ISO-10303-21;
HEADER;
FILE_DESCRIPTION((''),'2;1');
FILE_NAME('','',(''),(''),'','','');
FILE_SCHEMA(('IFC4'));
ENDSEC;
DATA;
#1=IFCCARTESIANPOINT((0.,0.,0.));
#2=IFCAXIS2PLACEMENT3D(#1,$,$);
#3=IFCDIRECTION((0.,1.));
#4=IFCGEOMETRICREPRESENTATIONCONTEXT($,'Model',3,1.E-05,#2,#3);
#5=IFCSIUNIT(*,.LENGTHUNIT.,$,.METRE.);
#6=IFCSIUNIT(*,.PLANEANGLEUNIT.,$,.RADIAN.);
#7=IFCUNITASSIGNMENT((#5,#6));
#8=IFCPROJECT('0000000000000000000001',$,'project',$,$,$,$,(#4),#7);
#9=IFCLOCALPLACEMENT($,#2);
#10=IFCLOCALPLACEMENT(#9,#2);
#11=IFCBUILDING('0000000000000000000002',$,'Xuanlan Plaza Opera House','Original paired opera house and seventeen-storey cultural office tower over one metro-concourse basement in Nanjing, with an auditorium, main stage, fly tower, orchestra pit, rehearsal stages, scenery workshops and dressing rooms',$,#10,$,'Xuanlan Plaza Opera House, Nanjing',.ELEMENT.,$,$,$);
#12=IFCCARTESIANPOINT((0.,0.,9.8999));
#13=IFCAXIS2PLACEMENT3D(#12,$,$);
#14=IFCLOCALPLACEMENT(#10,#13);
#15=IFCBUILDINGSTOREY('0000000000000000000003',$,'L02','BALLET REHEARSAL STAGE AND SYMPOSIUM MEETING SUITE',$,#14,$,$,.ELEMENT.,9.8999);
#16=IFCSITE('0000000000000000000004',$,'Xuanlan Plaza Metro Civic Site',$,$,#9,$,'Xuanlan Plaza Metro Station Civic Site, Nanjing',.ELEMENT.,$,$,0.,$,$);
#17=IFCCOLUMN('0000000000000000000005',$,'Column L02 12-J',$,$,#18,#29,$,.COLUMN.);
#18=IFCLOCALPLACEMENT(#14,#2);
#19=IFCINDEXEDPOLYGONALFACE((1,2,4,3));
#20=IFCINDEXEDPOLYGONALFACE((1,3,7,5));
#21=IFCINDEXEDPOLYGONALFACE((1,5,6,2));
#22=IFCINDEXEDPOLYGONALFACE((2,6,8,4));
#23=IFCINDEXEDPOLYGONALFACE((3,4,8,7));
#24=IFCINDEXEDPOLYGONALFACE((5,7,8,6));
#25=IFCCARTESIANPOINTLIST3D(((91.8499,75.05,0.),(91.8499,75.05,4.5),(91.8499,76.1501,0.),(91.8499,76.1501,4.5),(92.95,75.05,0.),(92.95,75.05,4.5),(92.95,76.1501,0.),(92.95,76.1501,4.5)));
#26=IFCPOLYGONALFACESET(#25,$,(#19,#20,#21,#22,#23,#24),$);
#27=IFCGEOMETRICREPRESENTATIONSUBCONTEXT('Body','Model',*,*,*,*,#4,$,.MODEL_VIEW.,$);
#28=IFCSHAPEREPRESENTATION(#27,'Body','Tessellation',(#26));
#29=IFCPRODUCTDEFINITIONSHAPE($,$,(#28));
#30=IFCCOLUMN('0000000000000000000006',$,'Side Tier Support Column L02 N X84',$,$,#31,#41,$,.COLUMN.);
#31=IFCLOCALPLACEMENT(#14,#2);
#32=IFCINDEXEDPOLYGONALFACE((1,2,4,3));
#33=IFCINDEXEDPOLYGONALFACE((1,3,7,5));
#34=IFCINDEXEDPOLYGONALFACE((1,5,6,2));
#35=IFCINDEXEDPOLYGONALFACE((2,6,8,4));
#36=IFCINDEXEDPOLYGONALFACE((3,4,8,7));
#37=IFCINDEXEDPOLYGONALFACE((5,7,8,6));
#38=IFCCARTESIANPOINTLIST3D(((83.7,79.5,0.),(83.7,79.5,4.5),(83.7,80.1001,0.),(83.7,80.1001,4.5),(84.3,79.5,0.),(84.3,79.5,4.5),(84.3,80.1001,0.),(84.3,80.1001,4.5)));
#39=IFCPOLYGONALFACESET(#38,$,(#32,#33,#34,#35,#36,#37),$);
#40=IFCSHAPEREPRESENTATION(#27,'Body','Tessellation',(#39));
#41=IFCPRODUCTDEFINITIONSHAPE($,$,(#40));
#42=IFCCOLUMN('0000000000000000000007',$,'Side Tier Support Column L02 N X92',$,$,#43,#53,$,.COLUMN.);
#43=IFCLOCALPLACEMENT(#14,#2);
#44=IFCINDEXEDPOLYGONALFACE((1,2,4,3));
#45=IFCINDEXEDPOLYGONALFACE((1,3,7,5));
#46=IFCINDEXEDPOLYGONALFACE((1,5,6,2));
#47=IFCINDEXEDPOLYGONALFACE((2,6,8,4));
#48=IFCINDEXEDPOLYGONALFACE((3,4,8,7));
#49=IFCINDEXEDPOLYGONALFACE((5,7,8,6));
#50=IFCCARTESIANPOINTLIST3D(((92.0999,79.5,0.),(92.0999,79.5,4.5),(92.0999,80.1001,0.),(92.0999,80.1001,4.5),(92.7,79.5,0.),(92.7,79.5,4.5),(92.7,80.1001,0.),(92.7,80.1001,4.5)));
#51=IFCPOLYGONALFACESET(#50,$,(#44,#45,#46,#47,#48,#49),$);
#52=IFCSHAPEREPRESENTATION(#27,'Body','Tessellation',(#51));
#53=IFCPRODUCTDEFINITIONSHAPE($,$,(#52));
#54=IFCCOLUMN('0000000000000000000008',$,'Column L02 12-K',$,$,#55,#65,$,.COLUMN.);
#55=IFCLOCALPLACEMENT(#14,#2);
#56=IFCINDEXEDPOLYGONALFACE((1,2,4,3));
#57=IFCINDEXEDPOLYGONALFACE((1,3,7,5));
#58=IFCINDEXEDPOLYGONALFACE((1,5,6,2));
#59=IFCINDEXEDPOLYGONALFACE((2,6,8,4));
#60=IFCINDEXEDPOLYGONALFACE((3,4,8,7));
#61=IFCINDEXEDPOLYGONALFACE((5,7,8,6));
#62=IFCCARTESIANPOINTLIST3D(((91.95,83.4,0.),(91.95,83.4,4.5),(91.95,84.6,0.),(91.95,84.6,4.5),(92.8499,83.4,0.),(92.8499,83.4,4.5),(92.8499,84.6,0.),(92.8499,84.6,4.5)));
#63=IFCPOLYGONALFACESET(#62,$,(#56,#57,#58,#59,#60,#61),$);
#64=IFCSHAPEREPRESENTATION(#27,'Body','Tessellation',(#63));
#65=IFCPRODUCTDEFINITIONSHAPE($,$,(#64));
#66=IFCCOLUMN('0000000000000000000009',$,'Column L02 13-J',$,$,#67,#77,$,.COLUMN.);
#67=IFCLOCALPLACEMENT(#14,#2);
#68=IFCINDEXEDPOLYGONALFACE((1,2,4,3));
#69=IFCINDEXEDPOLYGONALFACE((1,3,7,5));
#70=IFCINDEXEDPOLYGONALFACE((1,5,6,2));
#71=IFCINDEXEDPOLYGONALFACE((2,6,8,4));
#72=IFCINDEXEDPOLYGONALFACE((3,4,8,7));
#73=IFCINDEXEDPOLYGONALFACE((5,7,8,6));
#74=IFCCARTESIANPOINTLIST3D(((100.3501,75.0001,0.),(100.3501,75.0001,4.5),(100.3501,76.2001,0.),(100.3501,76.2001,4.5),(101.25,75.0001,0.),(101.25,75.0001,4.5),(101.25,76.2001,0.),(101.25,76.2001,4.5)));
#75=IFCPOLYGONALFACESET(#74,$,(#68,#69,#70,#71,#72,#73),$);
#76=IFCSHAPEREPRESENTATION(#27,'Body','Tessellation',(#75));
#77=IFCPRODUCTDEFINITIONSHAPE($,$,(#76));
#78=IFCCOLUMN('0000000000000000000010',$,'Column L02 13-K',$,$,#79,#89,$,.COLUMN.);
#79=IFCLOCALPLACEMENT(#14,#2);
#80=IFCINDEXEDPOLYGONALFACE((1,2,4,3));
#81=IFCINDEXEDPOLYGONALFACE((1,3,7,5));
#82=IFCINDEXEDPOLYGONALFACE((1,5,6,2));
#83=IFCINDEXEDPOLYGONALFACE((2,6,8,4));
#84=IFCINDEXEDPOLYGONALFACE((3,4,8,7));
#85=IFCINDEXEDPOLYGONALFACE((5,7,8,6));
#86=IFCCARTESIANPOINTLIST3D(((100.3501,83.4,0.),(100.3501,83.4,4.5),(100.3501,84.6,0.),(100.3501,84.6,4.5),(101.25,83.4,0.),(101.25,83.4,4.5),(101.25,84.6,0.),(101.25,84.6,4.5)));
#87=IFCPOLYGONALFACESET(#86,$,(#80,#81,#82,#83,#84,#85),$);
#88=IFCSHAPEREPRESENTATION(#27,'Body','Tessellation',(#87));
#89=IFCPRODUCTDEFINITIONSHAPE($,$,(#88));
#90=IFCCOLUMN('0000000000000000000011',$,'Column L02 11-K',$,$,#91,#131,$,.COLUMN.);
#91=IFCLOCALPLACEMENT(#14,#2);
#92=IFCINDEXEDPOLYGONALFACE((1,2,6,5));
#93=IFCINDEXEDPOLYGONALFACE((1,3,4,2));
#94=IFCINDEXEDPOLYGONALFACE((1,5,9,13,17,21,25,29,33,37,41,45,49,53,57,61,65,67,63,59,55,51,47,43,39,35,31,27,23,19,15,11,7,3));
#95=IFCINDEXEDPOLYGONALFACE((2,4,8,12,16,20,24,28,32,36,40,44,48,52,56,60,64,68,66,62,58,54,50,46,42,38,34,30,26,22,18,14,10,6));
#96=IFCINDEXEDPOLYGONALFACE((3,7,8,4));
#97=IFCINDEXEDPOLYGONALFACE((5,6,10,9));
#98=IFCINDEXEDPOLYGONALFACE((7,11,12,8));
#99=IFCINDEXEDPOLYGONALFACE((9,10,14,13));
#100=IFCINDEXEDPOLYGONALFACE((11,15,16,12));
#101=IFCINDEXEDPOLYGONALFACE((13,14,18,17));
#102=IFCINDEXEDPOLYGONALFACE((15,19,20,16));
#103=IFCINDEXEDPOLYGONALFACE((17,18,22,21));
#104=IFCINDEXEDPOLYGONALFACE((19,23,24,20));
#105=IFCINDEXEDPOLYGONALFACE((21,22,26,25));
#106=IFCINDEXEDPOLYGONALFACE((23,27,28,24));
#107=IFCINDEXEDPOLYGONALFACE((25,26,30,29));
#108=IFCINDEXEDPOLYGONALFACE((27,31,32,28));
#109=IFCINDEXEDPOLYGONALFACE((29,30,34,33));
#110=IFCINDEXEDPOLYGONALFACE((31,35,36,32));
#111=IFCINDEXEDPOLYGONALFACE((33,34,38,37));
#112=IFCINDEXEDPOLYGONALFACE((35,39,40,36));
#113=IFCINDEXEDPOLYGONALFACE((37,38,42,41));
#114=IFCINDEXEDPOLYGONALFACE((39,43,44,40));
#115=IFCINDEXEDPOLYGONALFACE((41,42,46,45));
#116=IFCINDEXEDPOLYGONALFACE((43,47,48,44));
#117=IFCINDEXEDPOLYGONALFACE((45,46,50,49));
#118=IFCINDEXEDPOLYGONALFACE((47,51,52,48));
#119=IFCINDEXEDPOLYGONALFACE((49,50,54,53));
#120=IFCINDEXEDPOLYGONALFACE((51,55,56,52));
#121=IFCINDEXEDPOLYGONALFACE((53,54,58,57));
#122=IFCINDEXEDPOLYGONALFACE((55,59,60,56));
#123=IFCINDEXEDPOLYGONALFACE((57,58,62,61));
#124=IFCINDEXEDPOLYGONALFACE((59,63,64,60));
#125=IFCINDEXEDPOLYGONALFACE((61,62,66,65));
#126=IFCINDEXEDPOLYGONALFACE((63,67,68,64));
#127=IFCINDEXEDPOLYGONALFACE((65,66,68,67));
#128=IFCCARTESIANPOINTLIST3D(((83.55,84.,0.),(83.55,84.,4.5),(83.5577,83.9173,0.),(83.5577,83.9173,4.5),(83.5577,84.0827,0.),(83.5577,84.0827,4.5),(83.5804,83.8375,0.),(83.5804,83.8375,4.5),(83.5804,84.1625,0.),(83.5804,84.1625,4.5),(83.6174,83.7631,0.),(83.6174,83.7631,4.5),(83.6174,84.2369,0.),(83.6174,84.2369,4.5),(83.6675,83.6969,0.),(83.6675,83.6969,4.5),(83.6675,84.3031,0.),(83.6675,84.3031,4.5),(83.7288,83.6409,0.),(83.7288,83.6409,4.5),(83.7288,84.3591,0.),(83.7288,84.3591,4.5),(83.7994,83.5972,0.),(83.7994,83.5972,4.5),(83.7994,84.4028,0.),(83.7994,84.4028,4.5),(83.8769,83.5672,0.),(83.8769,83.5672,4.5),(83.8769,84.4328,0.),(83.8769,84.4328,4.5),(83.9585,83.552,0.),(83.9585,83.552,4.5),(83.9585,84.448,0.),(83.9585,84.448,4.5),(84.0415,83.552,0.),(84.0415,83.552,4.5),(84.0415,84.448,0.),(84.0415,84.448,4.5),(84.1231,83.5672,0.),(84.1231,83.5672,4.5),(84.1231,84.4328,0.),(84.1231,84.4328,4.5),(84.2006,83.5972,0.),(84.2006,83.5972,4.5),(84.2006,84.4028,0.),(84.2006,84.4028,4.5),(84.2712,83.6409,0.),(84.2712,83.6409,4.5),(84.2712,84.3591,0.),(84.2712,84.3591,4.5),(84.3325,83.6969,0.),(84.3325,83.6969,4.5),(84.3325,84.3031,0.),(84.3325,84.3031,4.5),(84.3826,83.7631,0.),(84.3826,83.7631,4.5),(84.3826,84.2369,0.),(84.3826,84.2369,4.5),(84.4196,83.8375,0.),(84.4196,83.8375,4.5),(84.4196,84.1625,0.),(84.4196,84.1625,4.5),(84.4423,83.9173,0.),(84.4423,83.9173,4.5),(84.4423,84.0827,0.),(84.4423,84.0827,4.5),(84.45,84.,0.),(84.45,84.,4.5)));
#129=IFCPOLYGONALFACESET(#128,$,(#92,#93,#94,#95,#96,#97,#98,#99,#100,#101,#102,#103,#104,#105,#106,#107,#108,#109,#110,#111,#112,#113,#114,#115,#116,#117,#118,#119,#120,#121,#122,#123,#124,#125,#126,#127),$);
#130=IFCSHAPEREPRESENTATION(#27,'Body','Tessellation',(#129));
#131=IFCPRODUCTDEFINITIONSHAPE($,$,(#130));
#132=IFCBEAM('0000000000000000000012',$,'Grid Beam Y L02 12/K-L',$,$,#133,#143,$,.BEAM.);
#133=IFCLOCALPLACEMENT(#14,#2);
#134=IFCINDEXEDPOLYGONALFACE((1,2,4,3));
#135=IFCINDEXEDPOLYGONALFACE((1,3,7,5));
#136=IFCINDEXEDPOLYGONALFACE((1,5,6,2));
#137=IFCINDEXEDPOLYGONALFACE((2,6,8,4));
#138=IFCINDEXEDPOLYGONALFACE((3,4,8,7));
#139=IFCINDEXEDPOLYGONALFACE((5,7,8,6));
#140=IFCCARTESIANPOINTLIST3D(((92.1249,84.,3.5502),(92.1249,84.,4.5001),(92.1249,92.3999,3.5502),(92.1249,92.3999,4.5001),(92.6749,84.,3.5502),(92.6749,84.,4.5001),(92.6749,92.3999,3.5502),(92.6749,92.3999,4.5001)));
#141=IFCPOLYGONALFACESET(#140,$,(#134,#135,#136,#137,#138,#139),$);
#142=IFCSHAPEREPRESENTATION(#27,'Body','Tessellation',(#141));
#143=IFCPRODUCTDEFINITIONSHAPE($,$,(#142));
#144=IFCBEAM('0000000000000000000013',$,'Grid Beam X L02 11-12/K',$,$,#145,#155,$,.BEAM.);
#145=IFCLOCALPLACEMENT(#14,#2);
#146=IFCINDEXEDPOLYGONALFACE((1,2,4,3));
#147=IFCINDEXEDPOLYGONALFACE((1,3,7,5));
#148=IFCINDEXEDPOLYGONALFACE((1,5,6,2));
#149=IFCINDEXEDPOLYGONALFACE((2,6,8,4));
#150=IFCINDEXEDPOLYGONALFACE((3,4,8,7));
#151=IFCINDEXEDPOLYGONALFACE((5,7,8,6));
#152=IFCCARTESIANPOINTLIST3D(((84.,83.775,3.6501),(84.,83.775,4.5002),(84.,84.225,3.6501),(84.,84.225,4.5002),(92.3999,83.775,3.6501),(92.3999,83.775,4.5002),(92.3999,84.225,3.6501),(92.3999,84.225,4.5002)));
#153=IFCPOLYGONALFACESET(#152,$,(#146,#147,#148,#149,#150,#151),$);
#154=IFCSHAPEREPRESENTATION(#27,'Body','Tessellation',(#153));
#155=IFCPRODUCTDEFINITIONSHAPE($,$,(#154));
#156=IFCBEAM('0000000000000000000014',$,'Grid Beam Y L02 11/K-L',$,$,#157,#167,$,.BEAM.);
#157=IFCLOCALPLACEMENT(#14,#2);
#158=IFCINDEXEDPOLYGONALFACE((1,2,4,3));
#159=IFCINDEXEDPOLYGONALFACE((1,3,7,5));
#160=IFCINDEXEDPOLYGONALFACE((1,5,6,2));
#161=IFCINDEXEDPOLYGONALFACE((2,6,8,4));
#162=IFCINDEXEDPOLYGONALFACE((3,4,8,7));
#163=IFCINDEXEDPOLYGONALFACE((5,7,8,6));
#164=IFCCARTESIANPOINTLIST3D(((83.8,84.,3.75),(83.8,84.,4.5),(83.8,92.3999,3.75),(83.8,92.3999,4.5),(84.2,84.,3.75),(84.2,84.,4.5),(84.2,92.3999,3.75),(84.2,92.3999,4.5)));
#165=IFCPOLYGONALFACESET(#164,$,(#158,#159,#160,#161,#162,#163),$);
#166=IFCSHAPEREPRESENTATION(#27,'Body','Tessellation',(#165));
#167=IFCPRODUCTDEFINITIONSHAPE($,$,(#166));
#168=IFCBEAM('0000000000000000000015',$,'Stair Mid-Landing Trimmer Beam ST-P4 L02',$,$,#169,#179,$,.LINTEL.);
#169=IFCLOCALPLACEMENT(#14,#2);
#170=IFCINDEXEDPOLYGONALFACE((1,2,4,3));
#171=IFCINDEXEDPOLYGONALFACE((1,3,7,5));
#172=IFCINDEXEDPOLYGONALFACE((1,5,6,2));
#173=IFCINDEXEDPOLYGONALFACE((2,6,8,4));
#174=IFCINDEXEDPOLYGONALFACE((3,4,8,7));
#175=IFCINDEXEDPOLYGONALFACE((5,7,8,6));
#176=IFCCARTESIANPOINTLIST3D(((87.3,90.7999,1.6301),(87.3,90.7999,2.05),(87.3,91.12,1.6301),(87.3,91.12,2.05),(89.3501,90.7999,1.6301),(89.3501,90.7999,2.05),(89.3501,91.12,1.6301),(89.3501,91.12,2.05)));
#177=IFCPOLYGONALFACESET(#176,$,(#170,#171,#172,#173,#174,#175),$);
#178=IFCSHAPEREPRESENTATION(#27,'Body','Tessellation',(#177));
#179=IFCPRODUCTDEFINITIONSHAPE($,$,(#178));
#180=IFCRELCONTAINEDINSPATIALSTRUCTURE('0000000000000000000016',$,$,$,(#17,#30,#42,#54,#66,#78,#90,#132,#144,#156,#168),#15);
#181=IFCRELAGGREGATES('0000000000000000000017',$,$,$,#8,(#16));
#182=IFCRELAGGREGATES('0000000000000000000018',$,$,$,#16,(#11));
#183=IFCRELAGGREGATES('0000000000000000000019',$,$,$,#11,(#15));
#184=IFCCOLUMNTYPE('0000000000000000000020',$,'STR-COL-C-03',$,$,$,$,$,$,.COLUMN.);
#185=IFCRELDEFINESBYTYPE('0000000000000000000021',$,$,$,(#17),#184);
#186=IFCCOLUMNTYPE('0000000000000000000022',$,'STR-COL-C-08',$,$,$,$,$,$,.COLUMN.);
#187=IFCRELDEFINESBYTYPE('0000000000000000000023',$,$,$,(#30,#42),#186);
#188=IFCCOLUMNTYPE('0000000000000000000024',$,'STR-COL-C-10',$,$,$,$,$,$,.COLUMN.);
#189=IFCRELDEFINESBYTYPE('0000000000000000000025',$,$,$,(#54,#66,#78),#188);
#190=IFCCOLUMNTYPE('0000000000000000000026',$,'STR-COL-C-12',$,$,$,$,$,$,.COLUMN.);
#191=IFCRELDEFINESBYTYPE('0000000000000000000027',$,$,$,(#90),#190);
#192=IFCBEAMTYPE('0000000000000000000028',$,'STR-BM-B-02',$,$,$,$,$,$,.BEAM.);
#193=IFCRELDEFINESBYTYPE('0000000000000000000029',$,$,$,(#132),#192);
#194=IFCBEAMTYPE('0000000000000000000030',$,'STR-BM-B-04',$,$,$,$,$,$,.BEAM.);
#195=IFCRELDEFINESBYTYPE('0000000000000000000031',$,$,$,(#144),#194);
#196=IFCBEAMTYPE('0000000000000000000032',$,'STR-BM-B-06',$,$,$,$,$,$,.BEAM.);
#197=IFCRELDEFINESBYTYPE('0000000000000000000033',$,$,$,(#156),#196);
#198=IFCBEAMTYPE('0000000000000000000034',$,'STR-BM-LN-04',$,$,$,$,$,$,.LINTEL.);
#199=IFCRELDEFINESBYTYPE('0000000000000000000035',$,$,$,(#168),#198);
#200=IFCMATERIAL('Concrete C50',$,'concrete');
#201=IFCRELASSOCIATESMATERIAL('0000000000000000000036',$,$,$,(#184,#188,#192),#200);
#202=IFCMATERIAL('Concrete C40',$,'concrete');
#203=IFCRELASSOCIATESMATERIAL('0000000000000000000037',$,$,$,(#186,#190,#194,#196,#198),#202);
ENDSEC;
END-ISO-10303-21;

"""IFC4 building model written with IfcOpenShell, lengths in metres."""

from ifc_helpers import new_model, si_unit, direction, frame, origin, origin_2d, place, context, subcontext, project, spatial, rectangle, circle, extrude, material, material_profile, profile_set, type_object, element, save


model = new_model("IFC4")

# Units and contexts
model_context = context("Model", 3, precision=1e-05, world=origin(), true_north=direction((0.0, 1.0)))
body_context = subcontext(model_context, "Body", "Model", "MODEL_VIEW")
ifc_project = project(units=[si_unit("LENGTHUNIT", "METRE"), si_unit("PLANEANGLEUNIT", "RADIAN")], contexts=[model_context])

# Site, building, storey
site_placement = place(None, origin())
site = spatial("IfcSite", under=ifc_project, at=site_placement, Name="Xuanlan Plaza Metro Civic Site", LongName="Xuanlan Plaza Metro Station Civic Site, Nanjing", CompositionType="ELEMENT", RefElevation=0.0)
building_placement = place(site_placement, origin())
building = spatial("IfcBuilding", under=site, at=building_placement, Name="Xuanlan Plaza Opera House", Description="Original paired opera house and seventeen-storey cultural office tower over one metro-concourse basement in Nanjing, with an auditorium, main stage, fly tower, orchestra pit, rehearsal stages, scenery workshops and dressing rooms", LongName="Xuanlan Plaza Opera House, Nanjing", CompositionType="ELEMENT")
storey_placement = place(building_placement, frame((0.0, 0.0, 9.8999)))
storey = spatial("IfcBuildingStorey", under=building, at=storey_placement, Name="L02", Description="BALLET REHEARSAL STAGE AND SYMPOSIUM MEETING SUITE", CompositionType="ELEMENT", Elevation=9.8999)

# Columns
ifc_material_1 = material(Name="Concrete C50", Category="concrete")
ifc_material_profile_1 = material_profile(ifc_material_1, rectangle(XDim=1.1001, YDim=1.1001, at=origin_2d()), Name="RC-COL 1100x1100")
ifc_profile_set_1 = profile_set([ifc_material_profile_1], Name="Concrete C50")
column_type_1 = type_object("IfcColumnType", Name="STR-COL-C-03", PredefinedType="COLUMN", material=ifc_profile_set_1)
column_1_placement = place(storey_placement, frame((92.3999, 75.6001, 0.0), z_axis=(0.0, 0.0, 1.0), x_axis=(1.0, 0.0, 0.0)))
element("IfcColumn", 1, at=column_1_placement, inside=storey, type_object=column_type_1, Name="Column L02 12-J", PredefinedType="COLUMN", context=body_context, shape_type="SweptSolid", body=[
    extrude(rectangle(XDim=1.1001, YDim=1.1001, at=origin_2d()), origin(), (0.0, 0.0, 1.0), 4.5),
])
ifc_material_2 = material(Name="Concrete C40", Category="concrete")
ifc_material_profile_2 = material_profile(ifc_material_2, rectangle(XDim=0.6001, YDim=0.6001, at=origin_2d()), Name="RC-COL 600x600")
ifc_profile_set_2 = profile_set([ifc_material_profile_2], Name="Concrete C40")
column_type_2 = type_object("IfcColumnType", Name="STR-COL-C-08", PredefinedType="COLUMN", material=ifc_profile_set_2)
for number, where, z_axis, x_axis, name in (
    (2, (84.0, 79.8, 0.0), (0.0, 0.0, 1.0), (1.0, 0.0, 0.0), "Side Tier Support Column L02 N X84"),
    (3, (92.3999, 79.8, 0.0), (0.0, 0.0, 1.0), (1.0, 0.0, 0.0), "Side Tier Support Column L02 N X92"),
):
    element("IfcColumn", number, at=place(storey_placement, frame(where, z_axis=z_axis, x_axis=x_axis)), inside=storey, type_object=column_type_2, Name=name, PredefinedType="COLUMN", context=body_context, shape_type="SweptSolid", body=[
        extrude(rectangle(XDim=0.6001, YDim=0.6001, at=origin_2d()), origin(), (0.0, 0.0, 1.0), 4.5),
    ])
ifc_material_profile_3 = material_profile(ifc_material_1, rectangle(XDim=0.8999, YDim=1.2, at=origin_2d()), Name="RC-COL 900x1200")
ifc_profile_set_3 = profile_set([ifc_material_profile_3], Name="Concrete C50")
column_type_3 = type_object("IfcColumnType", Name="STR-COL-C-10", PredefinedType="COLUMN", material=ifc_profile_set_3)
for number, where, z_axis, x_axis, name in (
    (4, (92.3999, 84.0, 0.0), (0.0, 0.0, 1.0), (1.0, 0.0, 0.0), "Column L02 12-K"),
    (5, (100.8, 75.6001, 0.0), (0.0, 0.0, 1.0), (1.0, 0.0, 0.0), "Column L02 13-J"),
    (6, (100.8, 84.0, 0.0), (0.0, 0.0, 1.0), (1.0, 0.0, 0.0), "Column L02 13-K"),
):
    element("IfcColumn", number, at=place(storey_placement, frame(where, z_axis=z_axis, x_axis=x_axis)), inside=storey, type_object=column_type_3, Name=name, PredefinedType="COLUMN", context=body_context, shape_type="SweptSolid", body=[
        extrude(rectangle(XDim=0.8999, YDim=1.2, at=origin_2d()), origin(), (0.0, 0.0, 1.0), 4.5),
    ])
ifc_material_profile_4 = material_profile(ifc_material_2, circle(Radius=0.45, at=origin_2d()), Name="RC-COL D900")
ifc_profile_set_4 = profile_set([ifc_material_profile_4], Name="Concrete C40")
column_type_4 = type_object("IfcColumnType", Name="STR-COL-C-12", PredefinedType="COLUMN", material=ifc_profile_set_4)
column_2_placement = place(storey_placement, frame((84.0, 84.0, 0.0), z_axis=(0.0, 0.0, 1.0), x_axis=(1.0, 0.0, 0.0)))
element("IfcColumn", 7, at=column_2_placement, inside=storey, type_object=column_type_4, Name="Column L02 11-K", PredefinedType="COLUMN", context=body_context, shape_type="SweptSolid", body=[
    extrude(circle(Radius=0.45, at=origin_2d()), origin(), (0.0, 0.0, 1.0), 4.5),
])

# Beams
ifc_material_profile_5 = material_profile(ifc_material_1, rectangle(XDim=0.55, YDim=0.95, at=origin_2d()), Name="RC-BM 550x950")
ifc_profile_set_5 = profile_set([ifc_material_profile_5], Name="Concrete C50")
beam_type_1 = type_object("IfcBeamType", Name="STR-BM-B-02", PredefinedType="BEAM", material=ifc_profile_set_5)
beam_1_placement = place(storey_placement, frame((92.3999, 84.0, 4.0251), z_axis=(0.0, 1.0, 0.0), x_axis=(-1.0, 0.0, 0.0)))
element("IfcBeam", 8, at=beam_1_placement, inside=storey, type_object=beam_type_1, Name="Grid Beam Y L02 12/K-L", PredefinedType="BEAM", context=body_context, shape_type="SweptSolid", body=[
    extrude(rectangle(XDim=0.55, YDim=0.95, at=origin_2d()), origin(), (0.0, 0.0, 1.0), 8.3999),
])
ifc_material_profile_6 = material_profile(ifc_material_2, rectangle(XDim=0.45, YDim=0.8501, at=origin_2d()), Name="RC-BM 450x850")
ifc_profile_set_6 = profile_set([ifc_material_profile_6], Name="Concrete C40")
beam_type_2 = type_object("IfcBeamType", Name="STR-BM-B-04", PredefinedType="BEAM", material=ifc_profile_set_6)
beam_2_placement = place(storey_placement, frame((84.0, 84.0, 4.0752), z_axis=(1.0, 0.0, 0.0), x_axis=(0.0, 1.0, 0.0)))
element("IfcBeam", 9, at=beam_2_placement, inside=storey, type_object=beam_type_2, Name="Grid Beam X L02 11-12/K", PredefinedType="BEAM", context=body_context, shape_type="SweptSolid", body=[
    extrude(rectangle(XDim=0.45, YDim=0.8501, at=origin_2d()), origin(), (0.0, 0.0, 1.0), 8.3999),
])
ifc_material_profile_7 = material_profile(ifc_material_2, rectangle(XDim=0.3999, YDim=0.75, at=origin_2d()), Name="RC-BM 400x750")
ifc_profile_set_7 = profile_set([ifc_material_profile_7], Name="Concrete C40")
beam_type_3 = type_object("IfcBeamType", Name="STR-BM-B-06", PredefinedType="BEAM", material=ifc_profile_set_7)
beam_3_placement = place(storey_placement, frame((84.0, 84.0, 4.125), z_axis=(0.0, 1.0, 0.0), x_axis=(-1.0, 0.0, 0.0)))
element("IfcBeam", 10, at=beam_3_placement, inside=storey, type_object=beam_type_3, Name="Grid Beam Y L02 11/K-L", PredefinedType="BEAM", context=body_context, shape_type="SweptSolid", body=[
    extrude(rectangle(XDim=0.3999, YDim=0.75, at=origin_2d()), origin(), (0.0, 0.0, 1.0), 8.3999),
])
ifc_material_profile_8 = material_profile(ifc_material_2, rectangle(XDim=0.3201, YDim=0.4199, at=origin_2d()), Name="RC-LNT 320x420")
ifc_profile_set_8 = profile_set([ifc_material_profile_8], Name="Concrete C40")
beam_type_4 = type_object("IfcBeamType", Name="STR-BM-LN-04", PredefinedType="LINTEL", material=ifc_profile_set_8)
beam_4_placement = place(storey_placement, frame((87.3, 90.96, 1.8401), z_axis=(1.0, 0.0, 0.0), x_axis=(0.0, 1.0, 0.0)))
element("IfcBeam", 11, at=beam_4_placement, inside=storey, type_object=beam_type_4, Name="Stair Mid-Landing Trimmer Beam ST-P4 L02", PredefinedType="LINTEL", context=body_context, shape_type="SweptSolid", body=[
    extrude(rectangle(XDim=0.3201, YDim=0.4199, at=origin_2d()), origin(), (0.0, 0.0, 1.0), 2.05),
])

save(model, "model.ifc")
